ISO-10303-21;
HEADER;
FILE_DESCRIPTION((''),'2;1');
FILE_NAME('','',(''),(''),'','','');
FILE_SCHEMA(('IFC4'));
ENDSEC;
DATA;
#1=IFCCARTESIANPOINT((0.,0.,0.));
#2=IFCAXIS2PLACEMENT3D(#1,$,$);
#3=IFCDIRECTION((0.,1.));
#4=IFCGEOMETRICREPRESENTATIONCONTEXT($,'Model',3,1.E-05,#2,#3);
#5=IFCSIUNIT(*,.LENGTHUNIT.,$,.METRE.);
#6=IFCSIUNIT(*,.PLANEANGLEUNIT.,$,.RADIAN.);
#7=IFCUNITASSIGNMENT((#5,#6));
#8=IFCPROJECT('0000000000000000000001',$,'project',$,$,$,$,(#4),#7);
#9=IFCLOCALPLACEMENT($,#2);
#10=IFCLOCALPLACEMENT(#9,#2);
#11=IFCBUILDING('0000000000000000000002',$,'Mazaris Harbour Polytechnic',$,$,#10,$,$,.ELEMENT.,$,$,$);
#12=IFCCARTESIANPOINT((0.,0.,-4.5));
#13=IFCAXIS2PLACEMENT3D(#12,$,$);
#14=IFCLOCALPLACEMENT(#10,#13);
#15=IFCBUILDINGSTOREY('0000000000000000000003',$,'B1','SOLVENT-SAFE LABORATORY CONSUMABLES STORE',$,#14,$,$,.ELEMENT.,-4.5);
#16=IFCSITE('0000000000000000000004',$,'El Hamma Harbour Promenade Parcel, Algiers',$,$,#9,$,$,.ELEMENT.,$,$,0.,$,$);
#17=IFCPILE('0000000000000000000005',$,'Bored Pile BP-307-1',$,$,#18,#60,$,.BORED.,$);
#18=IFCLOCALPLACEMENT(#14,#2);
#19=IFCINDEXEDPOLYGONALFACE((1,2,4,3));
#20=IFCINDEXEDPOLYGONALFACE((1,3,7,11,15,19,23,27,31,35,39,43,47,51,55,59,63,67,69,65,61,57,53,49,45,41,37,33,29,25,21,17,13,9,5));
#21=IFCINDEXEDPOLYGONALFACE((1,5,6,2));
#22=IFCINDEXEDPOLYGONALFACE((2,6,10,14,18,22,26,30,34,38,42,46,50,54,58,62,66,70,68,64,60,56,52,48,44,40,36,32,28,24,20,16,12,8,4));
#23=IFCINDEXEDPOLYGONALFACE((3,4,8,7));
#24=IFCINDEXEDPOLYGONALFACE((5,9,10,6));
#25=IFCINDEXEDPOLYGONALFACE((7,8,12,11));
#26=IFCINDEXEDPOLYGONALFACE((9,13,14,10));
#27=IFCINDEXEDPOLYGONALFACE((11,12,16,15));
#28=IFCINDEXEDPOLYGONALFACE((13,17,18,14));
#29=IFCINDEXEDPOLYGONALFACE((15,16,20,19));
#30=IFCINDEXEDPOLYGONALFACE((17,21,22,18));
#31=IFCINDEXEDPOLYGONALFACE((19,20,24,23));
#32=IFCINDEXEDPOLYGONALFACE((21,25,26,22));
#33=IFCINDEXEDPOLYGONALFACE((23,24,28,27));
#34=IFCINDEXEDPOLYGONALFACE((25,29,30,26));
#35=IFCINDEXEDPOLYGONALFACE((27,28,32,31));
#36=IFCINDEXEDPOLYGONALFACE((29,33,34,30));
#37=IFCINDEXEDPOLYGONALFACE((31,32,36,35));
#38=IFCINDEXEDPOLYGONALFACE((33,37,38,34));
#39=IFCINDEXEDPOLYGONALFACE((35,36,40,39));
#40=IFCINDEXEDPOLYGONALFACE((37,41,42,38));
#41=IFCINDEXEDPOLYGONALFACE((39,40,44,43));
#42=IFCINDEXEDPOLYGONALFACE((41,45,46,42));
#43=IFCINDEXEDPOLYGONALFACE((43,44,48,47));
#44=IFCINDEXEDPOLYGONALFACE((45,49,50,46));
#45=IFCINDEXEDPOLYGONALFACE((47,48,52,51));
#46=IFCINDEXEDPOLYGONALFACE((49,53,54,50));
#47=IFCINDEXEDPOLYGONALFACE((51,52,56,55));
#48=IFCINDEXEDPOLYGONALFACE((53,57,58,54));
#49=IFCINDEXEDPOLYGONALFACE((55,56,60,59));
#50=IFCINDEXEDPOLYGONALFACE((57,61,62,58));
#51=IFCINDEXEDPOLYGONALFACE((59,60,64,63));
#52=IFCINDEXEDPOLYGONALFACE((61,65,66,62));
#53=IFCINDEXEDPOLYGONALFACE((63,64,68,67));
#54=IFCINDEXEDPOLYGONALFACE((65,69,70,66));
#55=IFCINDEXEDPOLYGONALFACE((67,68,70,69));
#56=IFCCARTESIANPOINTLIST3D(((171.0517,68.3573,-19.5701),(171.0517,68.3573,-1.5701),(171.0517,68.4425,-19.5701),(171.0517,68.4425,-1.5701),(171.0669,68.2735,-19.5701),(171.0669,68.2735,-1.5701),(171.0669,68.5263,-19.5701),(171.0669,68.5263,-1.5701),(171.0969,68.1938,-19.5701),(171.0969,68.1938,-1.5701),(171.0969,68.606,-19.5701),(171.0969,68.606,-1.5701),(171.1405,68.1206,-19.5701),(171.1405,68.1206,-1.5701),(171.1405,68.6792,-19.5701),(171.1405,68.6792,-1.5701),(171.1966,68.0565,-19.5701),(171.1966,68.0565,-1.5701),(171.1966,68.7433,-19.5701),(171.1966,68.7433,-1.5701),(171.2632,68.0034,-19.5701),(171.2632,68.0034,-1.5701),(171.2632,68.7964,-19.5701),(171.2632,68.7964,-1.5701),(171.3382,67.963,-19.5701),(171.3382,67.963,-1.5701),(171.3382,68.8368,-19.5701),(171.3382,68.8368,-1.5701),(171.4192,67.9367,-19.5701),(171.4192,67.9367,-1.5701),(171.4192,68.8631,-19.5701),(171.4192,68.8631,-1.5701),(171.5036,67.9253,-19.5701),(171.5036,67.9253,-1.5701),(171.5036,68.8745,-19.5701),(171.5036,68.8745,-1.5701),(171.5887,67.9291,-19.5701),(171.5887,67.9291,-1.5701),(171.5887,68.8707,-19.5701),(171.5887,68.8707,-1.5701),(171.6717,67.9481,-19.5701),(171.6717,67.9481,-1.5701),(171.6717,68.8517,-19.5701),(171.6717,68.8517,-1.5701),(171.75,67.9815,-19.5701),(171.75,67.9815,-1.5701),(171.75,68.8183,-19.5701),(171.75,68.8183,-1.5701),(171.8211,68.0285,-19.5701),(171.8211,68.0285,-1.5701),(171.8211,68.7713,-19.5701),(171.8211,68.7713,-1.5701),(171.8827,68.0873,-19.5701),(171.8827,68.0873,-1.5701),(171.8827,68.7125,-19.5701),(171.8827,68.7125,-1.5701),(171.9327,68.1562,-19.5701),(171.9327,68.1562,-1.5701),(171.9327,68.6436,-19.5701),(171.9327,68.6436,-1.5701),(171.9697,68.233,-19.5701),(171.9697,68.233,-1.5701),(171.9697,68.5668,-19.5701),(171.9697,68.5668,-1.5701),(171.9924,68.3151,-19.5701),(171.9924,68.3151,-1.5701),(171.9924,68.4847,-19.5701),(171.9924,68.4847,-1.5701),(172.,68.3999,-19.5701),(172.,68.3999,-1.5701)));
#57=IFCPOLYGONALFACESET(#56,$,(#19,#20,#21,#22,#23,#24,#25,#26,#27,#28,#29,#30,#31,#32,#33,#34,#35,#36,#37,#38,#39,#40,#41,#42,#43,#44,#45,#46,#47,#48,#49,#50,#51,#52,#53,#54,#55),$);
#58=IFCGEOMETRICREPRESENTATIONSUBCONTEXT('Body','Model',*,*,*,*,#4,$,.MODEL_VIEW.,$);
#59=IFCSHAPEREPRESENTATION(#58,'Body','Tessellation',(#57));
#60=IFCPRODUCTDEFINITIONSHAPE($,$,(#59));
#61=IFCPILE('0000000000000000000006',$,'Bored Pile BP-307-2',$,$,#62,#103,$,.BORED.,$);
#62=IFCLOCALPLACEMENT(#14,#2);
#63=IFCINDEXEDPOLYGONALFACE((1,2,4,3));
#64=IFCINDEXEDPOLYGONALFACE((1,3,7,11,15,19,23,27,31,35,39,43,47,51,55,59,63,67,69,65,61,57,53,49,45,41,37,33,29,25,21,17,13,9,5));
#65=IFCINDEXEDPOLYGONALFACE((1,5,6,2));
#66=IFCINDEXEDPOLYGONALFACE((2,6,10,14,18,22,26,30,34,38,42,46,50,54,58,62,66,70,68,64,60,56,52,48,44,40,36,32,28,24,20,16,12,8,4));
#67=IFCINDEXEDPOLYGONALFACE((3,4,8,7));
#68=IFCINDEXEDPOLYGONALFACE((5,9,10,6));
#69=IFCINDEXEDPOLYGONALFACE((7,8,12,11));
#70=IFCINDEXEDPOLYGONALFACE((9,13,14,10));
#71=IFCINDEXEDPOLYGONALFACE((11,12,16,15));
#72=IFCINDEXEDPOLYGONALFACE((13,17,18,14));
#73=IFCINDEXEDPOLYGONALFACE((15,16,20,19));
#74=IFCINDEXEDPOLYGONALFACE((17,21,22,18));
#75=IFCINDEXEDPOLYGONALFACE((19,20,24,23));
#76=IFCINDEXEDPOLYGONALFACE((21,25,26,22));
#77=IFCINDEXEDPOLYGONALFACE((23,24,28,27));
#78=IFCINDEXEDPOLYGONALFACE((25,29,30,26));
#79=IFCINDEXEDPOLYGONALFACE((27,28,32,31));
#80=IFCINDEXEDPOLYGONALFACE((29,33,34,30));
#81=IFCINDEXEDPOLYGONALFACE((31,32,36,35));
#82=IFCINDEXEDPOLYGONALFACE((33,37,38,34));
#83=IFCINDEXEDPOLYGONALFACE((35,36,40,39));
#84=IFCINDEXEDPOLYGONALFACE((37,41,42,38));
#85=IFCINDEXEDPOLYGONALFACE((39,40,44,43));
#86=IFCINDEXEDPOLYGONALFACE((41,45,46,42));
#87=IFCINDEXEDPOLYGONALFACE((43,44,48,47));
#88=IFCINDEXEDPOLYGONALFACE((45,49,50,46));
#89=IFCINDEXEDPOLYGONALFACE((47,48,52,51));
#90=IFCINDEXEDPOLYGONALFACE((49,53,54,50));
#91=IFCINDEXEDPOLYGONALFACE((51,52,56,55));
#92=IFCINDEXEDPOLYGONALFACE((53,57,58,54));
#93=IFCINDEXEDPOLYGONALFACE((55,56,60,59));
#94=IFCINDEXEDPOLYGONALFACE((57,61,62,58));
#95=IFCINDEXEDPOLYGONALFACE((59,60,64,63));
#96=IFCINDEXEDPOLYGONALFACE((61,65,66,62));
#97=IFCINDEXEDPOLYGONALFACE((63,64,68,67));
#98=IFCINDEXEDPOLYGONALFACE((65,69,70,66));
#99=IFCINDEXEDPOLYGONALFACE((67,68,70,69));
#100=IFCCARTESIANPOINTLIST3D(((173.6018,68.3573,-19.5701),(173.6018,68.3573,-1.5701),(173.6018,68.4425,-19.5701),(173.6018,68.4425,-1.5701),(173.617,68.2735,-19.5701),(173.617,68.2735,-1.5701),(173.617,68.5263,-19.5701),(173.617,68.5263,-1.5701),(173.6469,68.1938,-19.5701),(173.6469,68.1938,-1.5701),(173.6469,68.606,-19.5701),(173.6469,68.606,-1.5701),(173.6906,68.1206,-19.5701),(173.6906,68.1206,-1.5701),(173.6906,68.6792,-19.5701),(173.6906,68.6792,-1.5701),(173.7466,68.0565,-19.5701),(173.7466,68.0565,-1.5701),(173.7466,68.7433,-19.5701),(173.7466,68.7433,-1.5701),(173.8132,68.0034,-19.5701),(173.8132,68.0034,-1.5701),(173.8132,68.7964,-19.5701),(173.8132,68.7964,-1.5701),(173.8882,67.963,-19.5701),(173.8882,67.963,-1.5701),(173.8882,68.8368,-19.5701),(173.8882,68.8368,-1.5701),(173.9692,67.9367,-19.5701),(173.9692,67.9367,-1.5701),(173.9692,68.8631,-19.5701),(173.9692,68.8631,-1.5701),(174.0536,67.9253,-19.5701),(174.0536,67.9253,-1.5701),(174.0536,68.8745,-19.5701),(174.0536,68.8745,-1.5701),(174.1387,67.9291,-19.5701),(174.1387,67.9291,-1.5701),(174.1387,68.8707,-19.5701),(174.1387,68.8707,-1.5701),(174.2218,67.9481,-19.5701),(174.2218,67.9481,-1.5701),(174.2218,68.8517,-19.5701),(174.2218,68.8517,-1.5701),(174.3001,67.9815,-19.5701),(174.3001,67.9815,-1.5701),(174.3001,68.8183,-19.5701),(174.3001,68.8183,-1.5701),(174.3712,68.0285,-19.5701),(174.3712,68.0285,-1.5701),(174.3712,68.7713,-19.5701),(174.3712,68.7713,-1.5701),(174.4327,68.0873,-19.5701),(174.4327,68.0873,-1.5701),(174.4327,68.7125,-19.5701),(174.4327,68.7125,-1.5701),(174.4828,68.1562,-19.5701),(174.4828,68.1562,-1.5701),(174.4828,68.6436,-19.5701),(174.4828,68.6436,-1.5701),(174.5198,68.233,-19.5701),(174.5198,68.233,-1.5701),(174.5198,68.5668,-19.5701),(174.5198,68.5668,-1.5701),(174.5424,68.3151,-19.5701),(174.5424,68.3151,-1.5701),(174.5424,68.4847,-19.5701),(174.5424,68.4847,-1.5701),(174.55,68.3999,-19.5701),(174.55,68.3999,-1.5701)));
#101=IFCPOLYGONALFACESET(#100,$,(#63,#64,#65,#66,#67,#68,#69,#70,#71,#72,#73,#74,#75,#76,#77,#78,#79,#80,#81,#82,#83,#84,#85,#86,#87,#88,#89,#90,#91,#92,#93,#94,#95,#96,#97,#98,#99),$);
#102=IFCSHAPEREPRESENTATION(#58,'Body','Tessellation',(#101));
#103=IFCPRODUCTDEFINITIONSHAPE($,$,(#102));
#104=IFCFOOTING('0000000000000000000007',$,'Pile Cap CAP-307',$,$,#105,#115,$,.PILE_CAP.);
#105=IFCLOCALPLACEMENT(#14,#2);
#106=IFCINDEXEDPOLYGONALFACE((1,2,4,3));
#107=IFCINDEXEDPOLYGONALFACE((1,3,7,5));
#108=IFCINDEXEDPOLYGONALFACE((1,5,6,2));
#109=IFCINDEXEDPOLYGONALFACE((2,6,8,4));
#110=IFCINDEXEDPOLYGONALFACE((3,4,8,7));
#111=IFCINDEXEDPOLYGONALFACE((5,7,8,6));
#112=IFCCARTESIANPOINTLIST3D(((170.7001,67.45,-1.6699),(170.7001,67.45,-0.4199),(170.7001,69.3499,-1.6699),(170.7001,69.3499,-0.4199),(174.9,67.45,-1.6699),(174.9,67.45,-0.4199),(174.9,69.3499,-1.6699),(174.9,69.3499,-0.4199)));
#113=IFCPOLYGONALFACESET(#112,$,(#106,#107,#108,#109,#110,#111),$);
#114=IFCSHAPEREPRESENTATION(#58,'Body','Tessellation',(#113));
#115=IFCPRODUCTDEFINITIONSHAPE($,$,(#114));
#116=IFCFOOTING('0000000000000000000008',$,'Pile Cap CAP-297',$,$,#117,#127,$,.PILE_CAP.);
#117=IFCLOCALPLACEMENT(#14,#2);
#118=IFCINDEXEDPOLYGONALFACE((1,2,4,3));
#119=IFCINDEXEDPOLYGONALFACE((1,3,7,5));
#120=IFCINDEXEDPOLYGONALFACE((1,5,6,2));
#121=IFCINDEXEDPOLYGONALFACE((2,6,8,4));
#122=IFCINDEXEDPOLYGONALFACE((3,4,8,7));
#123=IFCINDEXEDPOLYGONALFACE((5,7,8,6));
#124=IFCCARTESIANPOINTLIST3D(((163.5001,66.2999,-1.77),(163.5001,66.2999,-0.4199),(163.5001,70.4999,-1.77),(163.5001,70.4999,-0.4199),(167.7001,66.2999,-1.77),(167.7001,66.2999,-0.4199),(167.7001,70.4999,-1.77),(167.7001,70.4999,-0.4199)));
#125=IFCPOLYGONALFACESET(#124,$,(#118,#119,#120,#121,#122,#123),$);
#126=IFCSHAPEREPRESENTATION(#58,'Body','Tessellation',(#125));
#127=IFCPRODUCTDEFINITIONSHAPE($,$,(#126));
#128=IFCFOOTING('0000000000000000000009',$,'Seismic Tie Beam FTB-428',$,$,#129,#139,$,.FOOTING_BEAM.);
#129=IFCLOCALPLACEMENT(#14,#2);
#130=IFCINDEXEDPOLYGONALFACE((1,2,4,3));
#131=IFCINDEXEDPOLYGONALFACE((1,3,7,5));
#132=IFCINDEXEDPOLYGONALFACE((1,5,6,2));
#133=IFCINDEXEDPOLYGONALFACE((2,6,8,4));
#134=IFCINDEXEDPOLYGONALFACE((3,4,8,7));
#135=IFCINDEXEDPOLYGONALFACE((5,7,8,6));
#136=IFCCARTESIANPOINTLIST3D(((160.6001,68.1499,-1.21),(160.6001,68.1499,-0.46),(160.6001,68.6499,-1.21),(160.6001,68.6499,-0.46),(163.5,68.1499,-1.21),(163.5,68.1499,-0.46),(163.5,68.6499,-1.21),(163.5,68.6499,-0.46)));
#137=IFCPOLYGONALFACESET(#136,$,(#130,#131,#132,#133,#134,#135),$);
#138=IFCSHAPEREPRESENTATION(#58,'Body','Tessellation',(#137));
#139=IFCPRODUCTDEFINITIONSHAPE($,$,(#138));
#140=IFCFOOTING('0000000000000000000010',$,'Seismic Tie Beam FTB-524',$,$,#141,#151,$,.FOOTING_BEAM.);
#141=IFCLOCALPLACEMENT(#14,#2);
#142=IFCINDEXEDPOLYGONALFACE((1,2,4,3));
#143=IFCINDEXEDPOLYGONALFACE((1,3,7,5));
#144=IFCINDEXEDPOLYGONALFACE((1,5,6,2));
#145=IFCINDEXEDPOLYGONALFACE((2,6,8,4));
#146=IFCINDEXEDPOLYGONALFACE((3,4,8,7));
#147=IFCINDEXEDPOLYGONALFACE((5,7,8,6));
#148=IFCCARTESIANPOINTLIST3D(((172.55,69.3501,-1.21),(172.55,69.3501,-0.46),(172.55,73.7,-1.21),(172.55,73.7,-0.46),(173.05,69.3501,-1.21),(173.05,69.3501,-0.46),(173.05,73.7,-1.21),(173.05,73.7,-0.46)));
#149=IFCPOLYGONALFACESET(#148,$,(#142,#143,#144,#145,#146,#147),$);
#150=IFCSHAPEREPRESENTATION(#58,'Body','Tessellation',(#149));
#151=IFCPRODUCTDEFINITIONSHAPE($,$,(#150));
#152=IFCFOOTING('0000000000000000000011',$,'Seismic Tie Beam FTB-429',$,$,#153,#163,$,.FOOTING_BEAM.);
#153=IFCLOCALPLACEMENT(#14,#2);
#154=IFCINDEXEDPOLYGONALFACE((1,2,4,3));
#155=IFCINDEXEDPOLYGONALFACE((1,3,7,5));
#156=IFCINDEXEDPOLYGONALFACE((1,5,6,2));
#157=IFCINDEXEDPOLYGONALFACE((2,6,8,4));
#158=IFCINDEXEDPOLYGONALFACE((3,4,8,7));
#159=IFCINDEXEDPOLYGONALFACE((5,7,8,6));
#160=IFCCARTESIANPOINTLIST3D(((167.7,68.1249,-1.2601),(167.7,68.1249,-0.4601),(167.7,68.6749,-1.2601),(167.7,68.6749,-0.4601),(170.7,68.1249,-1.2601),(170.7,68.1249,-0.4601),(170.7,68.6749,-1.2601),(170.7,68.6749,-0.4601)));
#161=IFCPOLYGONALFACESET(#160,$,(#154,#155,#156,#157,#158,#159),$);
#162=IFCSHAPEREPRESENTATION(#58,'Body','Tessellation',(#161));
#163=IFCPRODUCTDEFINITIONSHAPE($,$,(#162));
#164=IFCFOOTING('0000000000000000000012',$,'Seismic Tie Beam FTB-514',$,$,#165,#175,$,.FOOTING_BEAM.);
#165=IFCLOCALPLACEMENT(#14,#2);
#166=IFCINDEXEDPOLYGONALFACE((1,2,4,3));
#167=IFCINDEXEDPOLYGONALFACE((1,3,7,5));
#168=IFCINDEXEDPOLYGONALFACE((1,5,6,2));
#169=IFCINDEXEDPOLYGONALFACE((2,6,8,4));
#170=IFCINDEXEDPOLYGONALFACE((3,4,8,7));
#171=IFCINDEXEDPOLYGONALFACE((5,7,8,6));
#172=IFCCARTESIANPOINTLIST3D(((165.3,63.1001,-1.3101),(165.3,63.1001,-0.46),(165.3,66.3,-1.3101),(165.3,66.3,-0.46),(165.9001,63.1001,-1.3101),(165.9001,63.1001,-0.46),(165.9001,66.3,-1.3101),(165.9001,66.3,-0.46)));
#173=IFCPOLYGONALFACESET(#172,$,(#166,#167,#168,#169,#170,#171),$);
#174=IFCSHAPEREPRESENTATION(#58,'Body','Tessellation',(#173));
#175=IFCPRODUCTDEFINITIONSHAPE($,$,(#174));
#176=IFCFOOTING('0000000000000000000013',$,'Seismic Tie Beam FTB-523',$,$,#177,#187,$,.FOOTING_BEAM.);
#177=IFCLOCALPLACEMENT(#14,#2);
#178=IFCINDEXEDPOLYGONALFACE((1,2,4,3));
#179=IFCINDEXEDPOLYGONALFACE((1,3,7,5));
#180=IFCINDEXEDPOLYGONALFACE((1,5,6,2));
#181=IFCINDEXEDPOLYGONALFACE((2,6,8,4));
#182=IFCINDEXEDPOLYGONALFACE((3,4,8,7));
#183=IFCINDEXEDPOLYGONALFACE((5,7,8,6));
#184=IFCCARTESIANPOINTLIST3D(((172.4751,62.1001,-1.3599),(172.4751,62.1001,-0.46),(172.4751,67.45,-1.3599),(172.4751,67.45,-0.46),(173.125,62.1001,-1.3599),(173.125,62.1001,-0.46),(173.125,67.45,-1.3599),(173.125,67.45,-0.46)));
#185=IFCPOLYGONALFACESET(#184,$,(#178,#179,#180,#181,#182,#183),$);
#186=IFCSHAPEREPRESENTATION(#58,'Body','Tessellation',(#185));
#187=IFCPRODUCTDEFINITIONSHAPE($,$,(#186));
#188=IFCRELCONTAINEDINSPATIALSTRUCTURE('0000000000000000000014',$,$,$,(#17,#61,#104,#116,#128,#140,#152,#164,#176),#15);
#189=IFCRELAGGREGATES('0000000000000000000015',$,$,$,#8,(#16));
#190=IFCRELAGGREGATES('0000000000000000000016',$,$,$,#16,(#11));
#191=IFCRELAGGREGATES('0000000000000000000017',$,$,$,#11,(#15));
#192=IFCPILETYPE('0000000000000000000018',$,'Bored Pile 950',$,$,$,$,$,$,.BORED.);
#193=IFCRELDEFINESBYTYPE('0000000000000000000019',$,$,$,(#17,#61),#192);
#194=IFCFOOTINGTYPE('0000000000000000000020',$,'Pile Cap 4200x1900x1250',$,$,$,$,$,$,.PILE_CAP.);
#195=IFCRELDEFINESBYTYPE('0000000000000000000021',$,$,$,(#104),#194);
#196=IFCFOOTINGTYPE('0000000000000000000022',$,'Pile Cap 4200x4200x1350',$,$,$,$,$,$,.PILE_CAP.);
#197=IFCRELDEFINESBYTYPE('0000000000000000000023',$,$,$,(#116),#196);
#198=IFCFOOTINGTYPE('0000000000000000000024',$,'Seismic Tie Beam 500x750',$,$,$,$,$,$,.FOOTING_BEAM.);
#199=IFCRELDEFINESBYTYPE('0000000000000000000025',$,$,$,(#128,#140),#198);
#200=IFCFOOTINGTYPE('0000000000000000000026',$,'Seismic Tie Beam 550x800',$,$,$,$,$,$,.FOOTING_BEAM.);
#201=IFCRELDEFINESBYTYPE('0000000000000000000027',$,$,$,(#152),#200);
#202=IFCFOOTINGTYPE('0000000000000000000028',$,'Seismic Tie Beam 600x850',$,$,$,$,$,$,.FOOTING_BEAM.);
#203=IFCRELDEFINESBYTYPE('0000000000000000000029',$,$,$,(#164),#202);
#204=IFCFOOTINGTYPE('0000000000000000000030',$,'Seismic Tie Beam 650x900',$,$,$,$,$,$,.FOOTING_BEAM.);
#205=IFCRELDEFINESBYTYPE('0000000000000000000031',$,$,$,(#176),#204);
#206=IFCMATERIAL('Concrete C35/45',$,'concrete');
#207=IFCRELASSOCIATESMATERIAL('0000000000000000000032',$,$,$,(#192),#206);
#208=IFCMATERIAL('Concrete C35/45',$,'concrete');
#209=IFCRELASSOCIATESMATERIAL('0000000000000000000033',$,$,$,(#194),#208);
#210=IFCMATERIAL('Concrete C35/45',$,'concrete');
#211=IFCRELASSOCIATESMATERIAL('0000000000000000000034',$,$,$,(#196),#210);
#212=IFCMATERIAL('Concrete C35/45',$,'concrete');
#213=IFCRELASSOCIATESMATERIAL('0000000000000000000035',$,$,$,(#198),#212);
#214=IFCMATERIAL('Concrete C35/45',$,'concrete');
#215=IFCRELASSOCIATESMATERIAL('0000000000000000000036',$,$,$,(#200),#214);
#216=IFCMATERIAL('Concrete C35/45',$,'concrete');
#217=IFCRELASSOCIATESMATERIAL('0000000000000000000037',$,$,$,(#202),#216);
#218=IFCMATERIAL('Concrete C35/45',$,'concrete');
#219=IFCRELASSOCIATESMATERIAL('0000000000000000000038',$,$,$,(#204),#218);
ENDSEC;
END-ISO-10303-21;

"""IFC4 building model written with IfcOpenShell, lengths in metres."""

from ifc_helpers import new_model, si_unit, direction, frame, origin, origin_2d, place, context, subcontext, project, spatial, rectangle, circle, extrude, material, material_profile, profile_set, type_object, element, save


model = new_model("IFC4")

# Units and contexts
model_context = context("Model", 3, precision=1e-05, world=origin(), true_north=direction((0.0, 1.0)))
body_context = subcontext(model_context, "Body", "Model", "MODEL_VIEW")
ifc_project = project(units=[si_unit("LENGTHUNIT", "METRE"), si_unit("PLANEANGLEUNIT", "RADIAN")], contexts=[model_context])

# Site, building, storey
site_placement = place(None, origin())
site = spatial("IfcSite", under=ifc_project, at=site_placement, Name="El Hamma Harbour Promenade Parcel, Algiers", CompositionType="ELEMENT", RefElevation=0.0)
building_placement = place(site_placement, origin())
building = spatial("IfcBuilding", under=site, at=building_placement, Name="Mazaris Harbour Polytechnic", CompositionType="ELEMENT")
storey_placement = place(building_placement, frame((0.0, 0.0, -4.5)))
storey = spatial("IfcBuildingStorey", under=building, at=storey_placement, Name="B1", Description="SOLVENT-SAFE LABORATORY CONSUMABLES STORE", CompositionType="ELEMENT", Elevation=-4.5)

# Piles
ifc_material_1 = material(Name="Concrete C35/45", Category="concrete")
ifc_material_profile_1 = material_profile(ifc_material_1, circle(Radius=0.4751, at=origin_2d()), Name="DIA950")
ifc_profile_set_1 = profile_set([ifc_material_profile_1], Name="Concrete C35/45")
pile_type_1 = type_object("IfcPileType", Name="Bored Pile 950", PredefinedType="BORED", material=ifc_profile_set_1)
for number, where, z_axis, x_axis, name in (
    (1, (171.5249, 68.3999, -1.5701), (0.0, 0.0, -1.0), (1.0, 0.0, 0.0), "Bored Pile BP-307-1"),
    (2, (174.075, 68.3999, -1.5701), (0.0, 0.0, -1.0), (1.0, 0.0, 0.0), "Bored Pile BP-307-2"),
):
    element("IfcPile", number, at=place(storey_placement, frame(where, z_axis=z_axis, x_axis=x_axis)), inside=storey, type_object=pile_type_1, Name=name, PredefinedType="BORED", context=body_context, shape_type="SweptSolid", body=[
        extrude(circle(Radius=0.4751, at=origin_2d()), origin(), (0.0, 0.0, 1.0), 18.0),
    ])

# Footings
ifc_material_2 = material(Name="Concrete C35/45", Category="concrete")
footing_type_1 = type_object("IfcFootingType", Name="Pile Cap 4200x1900x1250", PredefinedType="PILE_CAP", material=ifc_material_2)
footing_1_placement = place(storey_placement, frame((172.8, 68.3999, -1.6699), z_axis=(0.0, 0.0, 1.0), x_axis=(1.0, 0.0, 0.0)))
element("IfcFooting", 3, at=footing_1_placement, inside=storey, type_object=footing_type_1, Name="Pile Cap CAP-307", PredefinedType="PILE_CAP", context=body_context, shape_type="SweptSolid", body=[
    extrude(rectangle(XDim=4.2, YDim=1.8999, at=origin_2d()), origin(), (0.0, 0.0, 1.0), 1.25),
])
ifc_material_3 = material(Name="Concrete C35/45", Category="concrete")
footing_type_2 = type_object("IfcFootingType", Name="Pile Cap 4200x4200x1350", PredefinedType="PILE_CAP", material=ifc_material_3)
footing_2_placement = place(storey_placement, frame((165.6001, 68.3999, -1.77), z_axis=(0.0, 0.0, 1.0), x_axis=(1.0, 0.0, 0.0)))
element("IfcFooting", 4, at=footing_2_placement, inside=storey, type_object=footing_type_2, Name="Pile Cap CAP-297", PredefinedType="PILE_CAP", context=body_context, shape_type="SweptSolid", body=[
    extrude(rectangle(XDim=4.2, YDim=4.2, at=origin_2d()), origin(), (0.0, 0.0, 1.0), 1.3501),
])
ifc_material_4 = material(Name="Concrete C35/45", Category="concrete")
ifc_material_profile_2 = material_profile(ifc_material_4, rectangle(XDim=0.5, YDim=0.75, at=origin_2d()), Name="RECT500x750")
ifc_profile_set_2 = profile_set([ifc_material_profile_2], Name="Concrete C35/45")
footing_type_3 = type_object("IfcFootingType", Name="Seismic Tie Beam 500x750", PredefinedType="FOOTING_BEAM", material=ifc_profile_set_2)
footing_3_placement = place(storey_placement, frame((160.6001, 68.3999, -0.835), z_axis=(1.0, 0.0, 0.0), x_axis=(0.0, 1.0, 0.0)))
element("IfcFooting", 5, at=footing_3_placement, inside=storey, type_object=footing_type_3, Name="Seismic Tie Beam FTB-428", PredefinedType="FOOTING_BEAM", context=body_context, shape_type="SweptSolid", body=[
    extrude(rectangle(XDim=0.5, YDim=0.75, at=origin_2d()), origin(), (0.0, 0.0, 1.0), 2.8999),
])
footing_4_placement = place(storey_placement, frame((172.8, 69.3501, -0.835), z_axis=(0.0, 1.0, 0.0), x_axis=(-1.0, 0.0, 0.0)))
element("IfcFooting", 6, at=footing_4_placement, inside=storey, type_object=footing_type_3, Name="Seismic Tie Beam FTB-524", PredefinedType="FOOTING_BEAM", context=body_context, shape_type="SweptSolid", body=[
    extrude(rectangle(XDim=0.5, YDim=0.75, at=origin_2d()), origin(), (0.0, 0.0, 1.0), 4.3499),
])
ifc_material_5 = material(Name="Concrete C35/45", Category="concrete")
ifc_material_profile_3 = material_profile(ifc_material_5, rectangle(XDim=0.55, YDim=0.8, at=origin_2d()), Name="RECT550x800")
ifc_profile_set_3 = profile_set([ifc_material_profile_3], Name="Concrete C35/45")
footing_type_4 = type_object("IfcFootingType", Name="Seismic Tie Beam 550x800", PredefinedType="FOOTING_BEAM", material=ifc_profile_set_3)
footing_5_placement = place(storey_placement, frame((167.7, 68.3999, -0.8601), z_axis=(1.0, 0.0, 0.0), x_axis=(0.0, 1.0, 0.0)))
element("IfcFooting", 7, at=footing_5_placement, inside=storey, type_object=footing_type_4, Name="Seismic Tie Beam FTB-429", PredefinedType="FOOTING_BEAM", context=body_context, shape_type="SweptSolid", body=[
    extrude(rectangle(XDim=0.55, YDim=0.8, at=origin_2d()), origin(), (0.0, 0.0, 1.0), 3.0),
])
ifc_material_6 = material(Name="Concrete C35/45", Category="concrete")
ifc_material_profile_4 = material_profile(ifc_material_6, rectangle(XDim=0.6001, YDim=0.8501, at=origin_2d()), Name="RECT600x850")
ifc_profile_set_4 = profile_set([ifc_material_profile_4], Name="Concrete C35/45")
footing_type_5 = type_object("IfcFootingType", Name="Seismic Tie Beam 600x850", PredefinedType="FOOTING_BEAM", material=ifc_profile_set_4)
footing_6_placement = place(storey_placement, frame((165.6001, 63.1001, -0.885), z_axis=(0.0, 1.0, 0.0), x_axis=(-1.0, 0.0, 0.0)))
element("IfcFooting", 8, at=footing_6_placement, inside=storey, type_object=footing_type_5, Name="Seismic Tie Beam FTB-514", PredefinedType="FOOTING_BEAM", context=body_context, shape_type="SweptSolid", body=[
    extrude(rectangle(XDim=0.6001, YDim=0.8501, at=origin_2d()), origin(), (0.0, 0.0, 1.0), 3.2),
])
ifc_material_7 = material(Name="Concrete C35/45", Category="concrete")
ifc_material_profile_5 = material_profile(ifc_material_7, rectangle(XDim=0.6499, YDim=0.8999, at=origin_2d()), Name="RECT650x900")
ifc_profile_set_5 = profile_set([ifc_material_profile_5], Name="Concrete C35/45")
footing_type_6 = type_object("IfcFootingType", Name="Seismic Tie Beam 650x900", PredefinedType="FOOTING_BEAM", material=ifc_profile_set_5)
footing_7_placement = place(storey_placement, frame((172.8, 62.1001, -0.9099), z_axis=(0.0, 1.0, 0.0), x_axis=(-1.0, 0.0, 0.0)))
element("IfcFooting", 9, at=footing_7_placement, inside=storey, type_object=footing_type_6, Name="Seismic Tie Beam FTB-523", PredefinedType="FOOTING_BEAM", context=body_context, shape_type="SweptSolid", body=[
    extrude(rectangle(XDim=0.6499, YDim=0.8999, at=origin_2d()), origin(), (0.0, 0.0, 1.0), 5.3499),
])

save(model, "model.ifc")
